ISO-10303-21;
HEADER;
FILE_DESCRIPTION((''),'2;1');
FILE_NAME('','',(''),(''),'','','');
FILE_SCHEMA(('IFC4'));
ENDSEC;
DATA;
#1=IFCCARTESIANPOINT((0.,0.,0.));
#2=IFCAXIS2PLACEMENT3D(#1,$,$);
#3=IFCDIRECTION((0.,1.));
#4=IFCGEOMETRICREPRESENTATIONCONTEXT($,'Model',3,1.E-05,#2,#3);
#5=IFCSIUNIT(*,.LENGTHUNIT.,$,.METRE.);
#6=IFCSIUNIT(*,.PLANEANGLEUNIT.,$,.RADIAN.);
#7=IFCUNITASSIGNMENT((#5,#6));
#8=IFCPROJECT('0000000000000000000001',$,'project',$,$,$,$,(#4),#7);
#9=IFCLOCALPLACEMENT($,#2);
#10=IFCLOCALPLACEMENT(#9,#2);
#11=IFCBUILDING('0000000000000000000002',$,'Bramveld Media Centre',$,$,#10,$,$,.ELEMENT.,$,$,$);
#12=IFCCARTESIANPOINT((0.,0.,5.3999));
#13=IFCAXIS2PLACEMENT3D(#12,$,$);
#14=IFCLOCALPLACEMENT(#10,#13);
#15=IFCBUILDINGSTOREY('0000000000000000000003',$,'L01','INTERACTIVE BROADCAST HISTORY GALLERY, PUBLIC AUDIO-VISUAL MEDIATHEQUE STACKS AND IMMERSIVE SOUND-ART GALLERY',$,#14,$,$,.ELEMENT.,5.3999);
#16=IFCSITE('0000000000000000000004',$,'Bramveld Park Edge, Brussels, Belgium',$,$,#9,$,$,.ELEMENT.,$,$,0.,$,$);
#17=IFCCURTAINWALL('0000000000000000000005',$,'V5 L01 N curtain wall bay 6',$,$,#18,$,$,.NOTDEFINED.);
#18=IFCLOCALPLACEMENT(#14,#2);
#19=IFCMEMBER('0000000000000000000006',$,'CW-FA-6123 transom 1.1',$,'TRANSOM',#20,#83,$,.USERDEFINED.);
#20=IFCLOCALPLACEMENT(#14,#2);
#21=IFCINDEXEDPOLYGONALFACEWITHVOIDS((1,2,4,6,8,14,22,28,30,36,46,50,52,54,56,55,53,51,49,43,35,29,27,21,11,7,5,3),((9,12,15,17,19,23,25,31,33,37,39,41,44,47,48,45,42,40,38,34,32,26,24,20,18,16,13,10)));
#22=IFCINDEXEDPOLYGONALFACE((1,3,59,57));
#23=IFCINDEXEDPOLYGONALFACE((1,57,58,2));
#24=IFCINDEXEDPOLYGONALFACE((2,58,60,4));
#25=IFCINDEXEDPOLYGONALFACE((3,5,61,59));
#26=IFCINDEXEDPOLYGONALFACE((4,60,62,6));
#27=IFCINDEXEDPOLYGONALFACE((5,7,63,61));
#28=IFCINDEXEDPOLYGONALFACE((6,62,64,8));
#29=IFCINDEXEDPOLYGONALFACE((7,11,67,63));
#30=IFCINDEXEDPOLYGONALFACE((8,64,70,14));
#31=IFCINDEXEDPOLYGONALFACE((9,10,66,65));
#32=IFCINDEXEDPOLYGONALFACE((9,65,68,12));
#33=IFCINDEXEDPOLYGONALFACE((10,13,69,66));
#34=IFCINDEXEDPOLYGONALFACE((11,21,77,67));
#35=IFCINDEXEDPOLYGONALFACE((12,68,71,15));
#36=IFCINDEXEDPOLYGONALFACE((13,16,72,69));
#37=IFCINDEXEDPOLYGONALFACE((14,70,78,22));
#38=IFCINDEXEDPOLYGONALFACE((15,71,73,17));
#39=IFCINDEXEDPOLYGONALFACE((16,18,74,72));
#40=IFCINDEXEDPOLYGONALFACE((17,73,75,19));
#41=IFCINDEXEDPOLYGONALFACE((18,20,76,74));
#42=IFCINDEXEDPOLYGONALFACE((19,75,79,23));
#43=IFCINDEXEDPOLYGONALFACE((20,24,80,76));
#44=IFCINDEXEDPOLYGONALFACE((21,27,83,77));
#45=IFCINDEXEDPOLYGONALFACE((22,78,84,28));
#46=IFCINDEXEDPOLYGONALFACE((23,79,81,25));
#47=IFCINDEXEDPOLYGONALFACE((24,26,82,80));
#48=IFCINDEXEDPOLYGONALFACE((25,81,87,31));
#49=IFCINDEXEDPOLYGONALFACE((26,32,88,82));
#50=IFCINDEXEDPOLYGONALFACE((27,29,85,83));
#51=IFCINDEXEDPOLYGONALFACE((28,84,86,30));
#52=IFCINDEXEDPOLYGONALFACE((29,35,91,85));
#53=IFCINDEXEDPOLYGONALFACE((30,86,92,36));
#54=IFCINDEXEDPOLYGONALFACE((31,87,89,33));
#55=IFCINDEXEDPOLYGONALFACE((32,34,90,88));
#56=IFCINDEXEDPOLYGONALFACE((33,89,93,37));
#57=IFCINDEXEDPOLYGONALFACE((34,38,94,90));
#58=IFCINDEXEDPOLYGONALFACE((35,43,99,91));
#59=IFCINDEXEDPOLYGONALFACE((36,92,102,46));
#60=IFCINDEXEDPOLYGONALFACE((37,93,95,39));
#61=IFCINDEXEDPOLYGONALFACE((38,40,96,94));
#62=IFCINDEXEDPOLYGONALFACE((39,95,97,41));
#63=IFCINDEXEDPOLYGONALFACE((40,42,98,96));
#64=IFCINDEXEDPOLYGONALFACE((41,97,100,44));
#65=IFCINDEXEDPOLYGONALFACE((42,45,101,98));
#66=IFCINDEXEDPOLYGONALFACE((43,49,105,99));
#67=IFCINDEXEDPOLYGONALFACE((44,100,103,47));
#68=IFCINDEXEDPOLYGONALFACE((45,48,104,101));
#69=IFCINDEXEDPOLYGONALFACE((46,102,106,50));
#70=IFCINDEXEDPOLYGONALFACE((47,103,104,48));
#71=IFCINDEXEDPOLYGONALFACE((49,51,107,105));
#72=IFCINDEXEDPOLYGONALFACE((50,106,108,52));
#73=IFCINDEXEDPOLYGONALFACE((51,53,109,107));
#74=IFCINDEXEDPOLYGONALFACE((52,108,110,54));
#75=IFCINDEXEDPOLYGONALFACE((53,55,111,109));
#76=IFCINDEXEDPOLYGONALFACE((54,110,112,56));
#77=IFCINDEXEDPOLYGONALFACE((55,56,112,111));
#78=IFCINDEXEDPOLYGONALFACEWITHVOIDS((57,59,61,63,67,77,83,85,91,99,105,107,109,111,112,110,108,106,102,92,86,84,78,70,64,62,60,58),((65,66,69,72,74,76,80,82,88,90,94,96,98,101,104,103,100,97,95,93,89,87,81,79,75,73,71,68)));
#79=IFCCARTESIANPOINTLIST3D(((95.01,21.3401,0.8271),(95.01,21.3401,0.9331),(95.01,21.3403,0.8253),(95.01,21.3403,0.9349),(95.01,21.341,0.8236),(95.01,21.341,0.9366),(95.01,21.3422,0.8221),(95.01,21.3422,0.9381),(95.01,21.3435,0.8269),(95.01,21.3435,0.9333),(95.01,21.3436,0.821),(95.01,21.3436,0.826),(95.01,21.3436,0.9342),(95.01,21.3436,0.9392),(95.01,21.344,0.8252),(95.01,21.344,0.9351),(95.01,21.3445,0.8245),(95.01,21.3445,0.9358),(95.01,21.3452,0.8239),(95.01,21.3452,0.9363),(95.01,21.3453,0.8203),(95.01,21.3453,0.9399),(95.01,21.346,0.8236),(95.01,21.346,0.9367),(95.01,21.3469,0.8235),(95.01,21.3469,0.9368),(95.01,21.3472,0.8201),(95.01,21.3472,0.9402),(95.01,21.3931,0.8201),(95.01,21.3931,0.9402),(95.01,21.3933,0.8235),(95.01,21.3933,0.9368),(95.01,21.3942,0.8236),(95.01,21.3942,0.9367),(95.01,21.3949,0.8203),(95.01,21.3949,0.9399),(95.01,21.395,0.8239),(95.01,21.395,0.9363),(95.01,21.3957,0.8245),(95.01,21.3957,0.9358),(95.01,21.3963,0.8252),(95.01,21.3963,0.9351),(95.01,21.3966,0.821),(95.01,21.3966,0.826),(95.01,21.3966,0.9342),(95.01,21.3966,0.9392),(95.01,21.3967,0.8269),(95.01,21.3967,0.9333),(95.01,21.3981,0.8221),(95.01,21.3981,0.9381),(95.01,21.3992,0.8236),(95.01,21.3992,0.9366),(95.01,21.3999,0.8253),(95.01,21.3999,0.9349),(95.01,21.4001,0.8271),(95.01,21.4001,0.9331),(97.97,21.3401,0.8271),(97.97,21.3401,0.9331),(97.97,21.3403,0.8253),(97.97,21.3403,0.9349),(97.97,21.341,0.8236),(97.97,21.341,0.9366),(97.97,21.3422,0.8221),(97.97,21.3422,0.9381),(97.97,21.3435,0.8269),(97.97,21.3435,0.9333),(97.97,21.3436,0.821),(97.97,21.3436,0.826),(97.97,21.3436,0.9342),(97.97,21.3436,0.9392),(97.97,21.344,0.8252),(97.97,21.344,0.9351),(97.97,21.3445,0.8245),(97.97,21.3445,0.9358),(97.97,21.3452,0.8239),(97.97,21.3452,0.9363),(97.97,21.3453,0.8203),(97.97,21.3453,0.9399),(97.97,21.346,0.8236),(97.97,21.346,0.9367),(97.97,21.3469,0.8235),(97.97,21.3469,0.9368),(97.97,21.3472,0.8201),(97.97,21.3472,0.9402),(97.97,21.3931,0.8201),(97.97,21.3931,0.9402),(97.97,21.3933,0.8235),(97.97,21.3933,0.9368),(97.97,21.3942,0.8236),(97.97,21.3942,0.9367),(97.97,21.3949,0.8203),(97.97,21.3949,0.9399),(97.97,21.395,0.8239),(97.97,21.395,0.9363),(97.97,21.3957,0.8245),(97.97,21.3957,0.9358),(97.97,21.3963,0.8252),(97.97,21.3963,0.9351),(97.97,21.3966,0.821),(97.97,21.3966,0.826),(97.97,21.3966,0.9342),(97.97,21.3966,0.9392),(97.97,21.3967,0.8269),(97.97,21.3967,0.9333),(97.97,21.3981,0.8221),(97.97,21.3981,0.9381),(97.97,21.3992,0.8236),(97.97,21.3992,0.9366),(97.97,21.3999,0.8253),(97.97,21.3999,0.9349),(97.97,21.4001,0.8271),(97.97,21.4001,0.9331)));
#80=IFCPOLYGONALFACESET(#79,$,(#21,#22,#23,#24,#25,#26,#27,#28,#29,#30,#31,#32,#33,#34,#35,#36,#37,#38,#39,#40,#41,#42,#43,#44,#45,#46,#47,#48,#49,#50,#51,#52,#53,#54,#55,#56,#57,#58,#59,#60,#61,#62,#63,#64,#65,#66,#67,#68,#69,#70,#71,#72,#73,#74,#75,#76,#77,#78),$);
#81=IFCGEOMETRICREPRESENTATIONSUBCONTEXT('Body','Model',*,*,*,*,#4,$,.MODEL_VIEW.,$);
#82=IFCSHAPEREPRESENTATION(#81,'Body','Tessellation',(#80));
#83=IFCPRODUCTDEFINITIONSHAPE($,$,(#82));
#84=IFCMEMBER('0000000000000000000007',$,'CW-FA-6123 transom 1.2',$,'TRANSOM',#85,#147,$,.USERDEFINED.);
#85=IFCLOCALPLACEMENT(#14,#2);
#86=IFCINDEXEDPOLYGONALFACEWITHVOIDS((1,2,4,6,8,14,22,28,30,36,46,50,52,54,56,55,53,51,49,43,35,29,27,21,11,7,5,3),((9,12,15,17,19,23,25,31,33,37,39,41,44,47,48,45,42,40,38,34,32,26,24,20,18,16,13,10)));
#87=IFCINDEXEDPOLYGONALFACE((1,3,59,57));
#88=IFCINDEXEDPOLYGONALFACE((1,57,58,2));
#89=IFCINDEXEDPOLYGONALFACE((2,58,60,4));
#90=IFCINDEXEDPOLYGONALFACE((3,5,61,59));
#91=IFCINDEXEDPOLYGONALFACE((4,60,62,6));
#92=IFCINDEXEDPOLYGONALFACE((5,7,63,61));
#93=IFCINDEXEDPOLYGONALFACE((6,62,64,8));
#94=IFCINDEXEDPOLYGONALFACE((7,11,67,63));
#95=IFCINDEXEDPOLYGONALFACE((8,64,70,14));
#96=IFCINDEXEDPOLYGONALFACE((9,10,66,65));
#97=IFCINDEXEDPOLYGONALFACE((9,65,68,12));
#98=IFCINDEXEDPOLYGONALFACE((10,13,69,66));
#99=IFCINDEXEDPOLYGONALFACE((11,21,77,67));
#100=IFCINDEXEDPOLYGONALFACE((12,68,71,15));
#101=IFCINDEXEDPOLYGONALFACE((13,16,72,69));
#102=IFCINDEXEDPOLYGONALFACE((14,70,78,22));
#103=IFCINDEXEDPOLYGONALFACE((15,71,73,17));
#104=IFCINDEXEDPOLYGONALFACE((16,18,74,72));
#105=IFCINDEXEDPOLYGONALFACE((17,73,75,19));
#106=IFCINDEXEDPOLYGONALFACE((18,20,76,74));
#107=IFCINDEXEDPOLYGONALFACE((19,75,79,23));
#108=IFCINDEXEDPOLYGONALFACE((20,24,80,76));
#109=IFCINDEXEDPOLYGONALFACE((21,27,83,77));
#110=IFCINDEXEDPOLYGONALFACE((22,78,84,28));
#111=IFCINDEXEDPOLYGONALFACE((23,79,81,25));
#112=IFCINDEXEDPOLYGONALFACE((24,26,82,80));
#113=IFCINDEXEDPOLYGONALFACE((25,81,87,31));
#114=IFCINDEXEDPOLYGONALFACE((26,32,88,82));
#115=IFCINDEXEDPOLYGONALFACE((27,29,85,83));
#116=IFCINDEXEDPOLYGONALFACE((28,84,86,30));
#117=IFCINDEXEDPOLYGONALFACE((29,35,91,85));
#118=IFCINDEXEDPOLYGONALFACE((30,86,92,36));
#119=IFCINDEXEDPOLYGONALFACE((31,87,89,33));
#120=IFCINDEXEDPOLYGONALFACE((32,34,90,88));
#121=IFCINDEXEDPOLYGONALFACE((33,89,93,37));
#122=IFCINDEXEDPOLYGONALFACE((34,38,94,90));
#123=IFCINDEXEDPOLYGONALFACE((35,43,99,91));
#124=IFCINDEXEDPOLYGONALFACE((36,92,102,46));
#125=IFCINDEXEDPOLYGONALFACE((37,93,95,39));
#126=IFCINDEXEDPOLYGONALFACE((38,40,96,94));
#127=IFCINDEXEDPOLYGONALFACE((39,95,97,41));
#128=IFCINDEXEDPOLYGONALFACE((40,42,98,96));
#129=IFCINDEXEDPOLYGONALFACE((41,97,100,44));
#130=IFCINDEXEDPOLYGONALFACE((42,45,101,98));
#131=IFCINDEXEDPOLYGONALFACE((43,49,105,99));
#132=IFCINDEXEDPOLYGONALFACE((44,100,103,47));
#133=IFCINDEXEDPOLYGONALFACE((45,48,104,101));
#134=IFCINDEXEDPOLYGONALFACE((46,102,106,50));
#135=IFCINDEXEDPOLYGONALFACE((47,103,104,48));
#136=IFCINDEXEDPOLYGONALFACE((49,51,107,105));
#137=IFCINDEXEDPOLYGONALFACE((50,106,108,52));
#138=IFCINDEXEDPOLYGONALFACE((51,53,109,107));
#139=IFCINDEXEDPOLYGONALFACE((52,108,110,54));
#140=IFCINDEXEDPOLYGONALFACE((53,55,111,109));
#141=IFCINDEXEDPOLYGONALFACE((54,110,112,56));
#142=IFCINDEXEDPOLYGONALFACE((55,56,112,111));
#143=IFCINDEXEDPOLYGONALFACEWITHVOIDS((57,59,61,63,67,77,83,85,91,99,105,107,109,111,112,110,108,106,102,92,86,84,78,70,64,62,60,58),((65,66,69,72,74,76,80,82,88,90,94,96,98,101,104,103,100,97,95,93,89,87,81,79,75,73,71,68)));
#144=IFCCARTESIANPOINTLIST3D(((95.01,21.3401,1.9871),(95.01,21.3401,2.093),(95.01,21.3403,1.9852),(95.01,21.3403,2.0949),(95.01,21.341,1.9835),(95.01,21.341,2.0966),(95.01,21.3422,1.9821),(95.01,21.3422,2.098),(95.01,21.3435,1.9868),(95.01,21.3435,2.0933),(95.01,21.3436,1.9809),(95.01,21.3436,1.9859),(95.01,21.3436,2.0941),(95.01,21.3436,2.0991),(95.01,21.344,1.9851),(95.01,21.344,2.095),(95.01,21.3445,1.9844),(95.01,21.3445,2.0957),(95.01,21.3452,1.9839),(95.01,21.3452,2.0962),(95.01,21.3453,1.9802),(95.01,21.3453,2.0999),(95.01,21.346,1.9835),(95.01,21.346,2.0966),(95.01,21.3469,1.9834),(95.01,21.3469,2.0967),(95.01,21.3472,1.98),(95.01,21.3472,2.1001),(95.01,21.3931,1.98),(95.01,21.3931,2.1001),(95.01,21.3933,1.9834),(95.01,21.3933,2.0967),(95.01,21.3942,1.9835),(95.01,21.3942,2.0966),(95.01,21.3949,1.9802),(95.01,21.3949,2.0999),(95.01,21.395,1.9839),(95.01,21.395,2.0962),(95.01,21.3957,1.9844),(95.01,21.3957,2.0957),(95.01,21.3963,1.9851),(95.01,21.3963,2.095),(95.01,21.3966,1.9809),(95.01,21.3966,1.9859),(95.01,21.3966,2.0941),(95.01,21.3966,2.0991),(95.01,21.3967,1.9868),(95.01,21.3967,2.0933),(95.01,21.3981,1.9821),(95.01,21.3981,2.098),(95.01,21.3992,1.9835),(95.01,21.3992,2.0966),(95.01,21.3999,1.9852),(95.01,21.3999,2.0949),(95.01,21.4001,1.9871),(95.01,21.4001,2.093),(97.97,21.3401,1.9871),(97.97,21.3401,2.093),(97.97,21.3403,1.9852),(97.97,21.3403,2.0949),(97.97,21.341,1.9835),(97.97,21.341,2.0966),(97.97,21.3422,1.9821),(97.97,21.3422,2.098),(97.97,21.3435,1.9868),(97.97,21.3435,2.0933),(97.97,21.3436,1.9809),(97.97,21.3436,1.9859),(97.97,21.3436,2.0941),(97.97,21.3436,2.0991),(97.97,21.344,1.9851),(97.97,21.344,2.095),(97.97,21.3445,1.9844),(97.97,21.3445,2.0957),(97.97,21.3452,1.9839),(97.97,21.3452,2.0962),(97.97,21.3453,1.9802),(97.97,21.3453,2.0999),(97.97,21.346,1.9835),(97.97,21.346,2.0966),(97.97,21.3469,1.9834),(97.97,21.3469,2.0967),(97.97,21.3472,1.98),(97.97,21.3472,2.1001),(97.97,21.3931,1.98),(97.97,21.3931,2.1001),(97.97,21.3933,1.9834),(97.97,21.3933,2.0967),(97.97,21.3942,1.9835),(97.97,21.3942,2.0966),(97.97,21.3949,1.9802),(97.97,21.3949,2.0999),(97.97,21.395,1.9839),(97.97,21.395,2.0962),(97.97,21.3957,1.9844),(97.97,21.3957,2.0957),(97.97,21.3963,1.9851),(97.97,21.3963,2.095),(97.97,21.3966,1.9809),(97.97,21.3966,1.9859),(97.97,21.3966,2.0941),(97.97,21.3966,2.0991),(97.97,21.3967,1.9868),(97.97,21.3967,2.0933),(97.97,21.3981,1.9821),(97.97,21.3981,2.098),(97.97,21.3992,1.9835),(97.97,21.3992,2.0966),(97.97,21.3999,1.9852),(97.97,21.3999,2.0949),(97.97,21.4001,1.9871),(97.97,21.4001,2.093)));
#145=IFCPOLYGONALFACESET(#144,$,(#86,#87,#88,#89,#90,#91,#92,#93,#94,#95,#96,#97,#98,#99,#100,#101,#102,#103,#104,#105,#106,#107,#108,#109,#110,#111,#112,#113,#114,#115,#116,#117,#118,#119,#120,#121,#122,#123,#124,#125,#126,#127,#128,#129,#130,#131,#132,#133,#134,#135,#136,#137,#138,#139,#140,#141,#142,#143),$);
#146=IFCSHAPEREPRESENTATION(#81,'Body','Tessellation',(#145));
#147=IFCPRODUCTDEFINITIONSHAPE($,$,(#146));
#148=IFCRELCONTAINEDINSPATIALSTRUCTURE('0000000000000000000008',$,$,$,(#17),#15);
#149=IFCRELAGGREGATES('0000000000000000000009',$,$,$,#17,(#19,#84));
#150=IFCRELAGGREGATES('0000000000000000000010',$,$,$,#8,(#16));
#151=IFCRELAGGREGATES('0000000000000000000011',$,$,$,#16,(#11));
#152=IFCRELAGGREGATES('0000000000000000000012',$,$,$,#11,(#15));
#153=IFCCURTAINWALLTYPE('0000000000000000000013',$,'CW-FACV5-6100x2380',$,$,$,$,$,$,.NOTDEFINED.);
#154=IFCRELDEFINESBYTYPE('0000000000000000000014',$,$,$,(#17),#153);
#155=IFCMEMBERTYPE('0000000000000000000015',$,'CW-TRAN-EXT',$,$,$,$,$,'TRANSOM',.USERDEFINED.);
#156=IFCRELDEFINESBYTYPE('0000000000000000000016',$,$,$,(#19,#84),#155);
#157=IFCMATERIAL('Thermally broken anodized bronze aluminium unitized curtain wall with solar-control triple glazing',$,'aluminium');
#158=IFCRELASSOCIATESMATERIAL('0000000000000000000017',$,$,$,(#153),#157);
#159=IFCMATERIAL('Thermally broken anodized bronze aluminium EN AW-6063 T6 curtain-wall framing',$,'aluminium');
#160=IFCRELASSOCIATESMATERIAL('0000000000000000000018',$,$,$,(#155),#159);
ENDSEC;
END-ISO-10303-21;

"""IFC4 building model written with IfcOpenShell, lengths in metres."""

from ifc_helpers import new_model, si_unit, direction, frame, origin, origin_2d, place, context, subcontext, project, spatial, hollow_rectangle, extrude, material, material_profile, profile_set, type_object, element, aggregate, save


model = new_model("IFC4")

# Units and contexts
model_context = context("Model", 3, precision=1e-05, world=origin(), true_north=direction((0.0, 1.0)))
body_context = subcontext(model_context, "Body", "Model", "MODEL_VIEW")
ifc_project = project(units=[si_unit("LENGTHUNIT", "METRE"), si_unit("PLANEANGLEUNIT", "RADIAN")], contexts=[model_context])

# Site, building, storey
site_placement = place(None, origin())
site = spatial("IfcSite", under=ifc_project, at=site_placement, Name="Bramveld Park Edge, Brussels, Belgium", CompositionType="ELEMENT", RefElevation=0.0)
building_placement = place(site_placement, origin())
building = spatial("IfcBuilding", under=site, at=building_placement, Name="Bramveld Media Centre", CompositionType="ELEMENT")
storey_placement = place(building_placement, frame((0.0, 0.0, 5.3999)))
storey = spatial("IfcBuildingStorey", under=building, at=storey_placement, Name="L01", Description="INTERACTIVE BROADCAST HISTORY GALLERY, PUBLIC AUDIO-VISUAL MEDIATHEQUE STACKS AND IMMERSIVE SOUND-ART GALLERY", CompositionType="ELEMENT", Elevation=5.3999)

# Shared definitions
ifc_material_1 = material(Name="Thermally broken anodized bronze aluminium unitized curtain wall with solar-control triple glazing", Category="aluminium")
curtain_wall_type = type_object("IfcCurtainWallType", Name="CW-FACV5-6100x2380", PredefinedType="NOTDEFINED", material=ifc_material_1)

# Curtain wall
curtain_wall_1_placement = place(storey_placement, origin())
curtain_wall_1 = element("IfcCurtainWall", 1, at=curtain_wall_1_placement, inside=storey, type_object=curtain_wall_type, Name="V5 L01 N curtain wall bay 6", PredefinedType="NOTDEFINED")

# Members
ifc_material_2 = material(Name="Thermally broken anodized bronze aluminium EN AW-6063 T6 curtain-wall framing", Category="aluminium")
ifc_material_profile_1 = material_profile(ifc_material_2, hollow_rectangle(XDim=0.0601, YDim=0.1201, WallThickness=0.0034, InnerFilletRadius=0.0034, OuterFilletRadius=0.0071, at=origin_2d()), Name="AL-TRAN 60x120")
ifc_profile_set_1 = profile_set([ifc_material_profile_1], Name="Thermally broken anodized bronze aluminium EN AW-6063 T6 curtain-wall framing")
member_type_1 = type_object("IfcMemberType", Name="CW-TRAN-EXT", ElementType="TRANSOM", PredefinedType="USERDEFINED", material=ifc_profile_set_1)
member_1_placement = place(storey_placement, frame((95.01, 21.3701, 0.8801), z_axis=(1.0, 0.0, 0.0), x_axis=(0.0, 1.0, 0.0)))
member_1 = element("IfcMember", 2, at=member_1_placement, type_object=member_type_1, Name="CW-FA-6123 transom 1.1", ObjectType="TRANSOM", PredefinedType="USERDEFINED", context=body_context, shape_type="SweptSolid", body=[
    extrude(hollow_rectangle(XDim=0.0601, YDim=0.1201, WallThickness=0.0034, InnerFilletRadius=0.0034, OuterFilletRadius=0.0071, at=origin_2d()), origin(), (0.0, 0.0, 1.0), 2.96),
])
member_2_placement = place(storey_placement, frame((95.01, 21.3701, 2.04), z_axis=(1.0, 0.0, 0.0), x_axis=(0.0, 1.0, 0.0)))
member_2 = element("IfcMember", 3, at=member_2_placement, type_object=member_type_1, Name="CW-FA-6123 transom 1.2", ObjectType="TRANSOM", PredefinedType="USERDEFINED", context=body_context, shape_type="SweptSolid", body=[
    extrude(hollow_rectangle(XDim=0.0601, YDim=0.1201, WallThickness=0.0034, InnerFilletRadius=0.0034, OuterFilletRadius=0.0071, at=origin_2d()), origin(), (0.0, 0.0, 1.0), 2.96),
])

aggregate(curtain_wall_1, [member_1, member_2])

save(model, "model.ifc")
